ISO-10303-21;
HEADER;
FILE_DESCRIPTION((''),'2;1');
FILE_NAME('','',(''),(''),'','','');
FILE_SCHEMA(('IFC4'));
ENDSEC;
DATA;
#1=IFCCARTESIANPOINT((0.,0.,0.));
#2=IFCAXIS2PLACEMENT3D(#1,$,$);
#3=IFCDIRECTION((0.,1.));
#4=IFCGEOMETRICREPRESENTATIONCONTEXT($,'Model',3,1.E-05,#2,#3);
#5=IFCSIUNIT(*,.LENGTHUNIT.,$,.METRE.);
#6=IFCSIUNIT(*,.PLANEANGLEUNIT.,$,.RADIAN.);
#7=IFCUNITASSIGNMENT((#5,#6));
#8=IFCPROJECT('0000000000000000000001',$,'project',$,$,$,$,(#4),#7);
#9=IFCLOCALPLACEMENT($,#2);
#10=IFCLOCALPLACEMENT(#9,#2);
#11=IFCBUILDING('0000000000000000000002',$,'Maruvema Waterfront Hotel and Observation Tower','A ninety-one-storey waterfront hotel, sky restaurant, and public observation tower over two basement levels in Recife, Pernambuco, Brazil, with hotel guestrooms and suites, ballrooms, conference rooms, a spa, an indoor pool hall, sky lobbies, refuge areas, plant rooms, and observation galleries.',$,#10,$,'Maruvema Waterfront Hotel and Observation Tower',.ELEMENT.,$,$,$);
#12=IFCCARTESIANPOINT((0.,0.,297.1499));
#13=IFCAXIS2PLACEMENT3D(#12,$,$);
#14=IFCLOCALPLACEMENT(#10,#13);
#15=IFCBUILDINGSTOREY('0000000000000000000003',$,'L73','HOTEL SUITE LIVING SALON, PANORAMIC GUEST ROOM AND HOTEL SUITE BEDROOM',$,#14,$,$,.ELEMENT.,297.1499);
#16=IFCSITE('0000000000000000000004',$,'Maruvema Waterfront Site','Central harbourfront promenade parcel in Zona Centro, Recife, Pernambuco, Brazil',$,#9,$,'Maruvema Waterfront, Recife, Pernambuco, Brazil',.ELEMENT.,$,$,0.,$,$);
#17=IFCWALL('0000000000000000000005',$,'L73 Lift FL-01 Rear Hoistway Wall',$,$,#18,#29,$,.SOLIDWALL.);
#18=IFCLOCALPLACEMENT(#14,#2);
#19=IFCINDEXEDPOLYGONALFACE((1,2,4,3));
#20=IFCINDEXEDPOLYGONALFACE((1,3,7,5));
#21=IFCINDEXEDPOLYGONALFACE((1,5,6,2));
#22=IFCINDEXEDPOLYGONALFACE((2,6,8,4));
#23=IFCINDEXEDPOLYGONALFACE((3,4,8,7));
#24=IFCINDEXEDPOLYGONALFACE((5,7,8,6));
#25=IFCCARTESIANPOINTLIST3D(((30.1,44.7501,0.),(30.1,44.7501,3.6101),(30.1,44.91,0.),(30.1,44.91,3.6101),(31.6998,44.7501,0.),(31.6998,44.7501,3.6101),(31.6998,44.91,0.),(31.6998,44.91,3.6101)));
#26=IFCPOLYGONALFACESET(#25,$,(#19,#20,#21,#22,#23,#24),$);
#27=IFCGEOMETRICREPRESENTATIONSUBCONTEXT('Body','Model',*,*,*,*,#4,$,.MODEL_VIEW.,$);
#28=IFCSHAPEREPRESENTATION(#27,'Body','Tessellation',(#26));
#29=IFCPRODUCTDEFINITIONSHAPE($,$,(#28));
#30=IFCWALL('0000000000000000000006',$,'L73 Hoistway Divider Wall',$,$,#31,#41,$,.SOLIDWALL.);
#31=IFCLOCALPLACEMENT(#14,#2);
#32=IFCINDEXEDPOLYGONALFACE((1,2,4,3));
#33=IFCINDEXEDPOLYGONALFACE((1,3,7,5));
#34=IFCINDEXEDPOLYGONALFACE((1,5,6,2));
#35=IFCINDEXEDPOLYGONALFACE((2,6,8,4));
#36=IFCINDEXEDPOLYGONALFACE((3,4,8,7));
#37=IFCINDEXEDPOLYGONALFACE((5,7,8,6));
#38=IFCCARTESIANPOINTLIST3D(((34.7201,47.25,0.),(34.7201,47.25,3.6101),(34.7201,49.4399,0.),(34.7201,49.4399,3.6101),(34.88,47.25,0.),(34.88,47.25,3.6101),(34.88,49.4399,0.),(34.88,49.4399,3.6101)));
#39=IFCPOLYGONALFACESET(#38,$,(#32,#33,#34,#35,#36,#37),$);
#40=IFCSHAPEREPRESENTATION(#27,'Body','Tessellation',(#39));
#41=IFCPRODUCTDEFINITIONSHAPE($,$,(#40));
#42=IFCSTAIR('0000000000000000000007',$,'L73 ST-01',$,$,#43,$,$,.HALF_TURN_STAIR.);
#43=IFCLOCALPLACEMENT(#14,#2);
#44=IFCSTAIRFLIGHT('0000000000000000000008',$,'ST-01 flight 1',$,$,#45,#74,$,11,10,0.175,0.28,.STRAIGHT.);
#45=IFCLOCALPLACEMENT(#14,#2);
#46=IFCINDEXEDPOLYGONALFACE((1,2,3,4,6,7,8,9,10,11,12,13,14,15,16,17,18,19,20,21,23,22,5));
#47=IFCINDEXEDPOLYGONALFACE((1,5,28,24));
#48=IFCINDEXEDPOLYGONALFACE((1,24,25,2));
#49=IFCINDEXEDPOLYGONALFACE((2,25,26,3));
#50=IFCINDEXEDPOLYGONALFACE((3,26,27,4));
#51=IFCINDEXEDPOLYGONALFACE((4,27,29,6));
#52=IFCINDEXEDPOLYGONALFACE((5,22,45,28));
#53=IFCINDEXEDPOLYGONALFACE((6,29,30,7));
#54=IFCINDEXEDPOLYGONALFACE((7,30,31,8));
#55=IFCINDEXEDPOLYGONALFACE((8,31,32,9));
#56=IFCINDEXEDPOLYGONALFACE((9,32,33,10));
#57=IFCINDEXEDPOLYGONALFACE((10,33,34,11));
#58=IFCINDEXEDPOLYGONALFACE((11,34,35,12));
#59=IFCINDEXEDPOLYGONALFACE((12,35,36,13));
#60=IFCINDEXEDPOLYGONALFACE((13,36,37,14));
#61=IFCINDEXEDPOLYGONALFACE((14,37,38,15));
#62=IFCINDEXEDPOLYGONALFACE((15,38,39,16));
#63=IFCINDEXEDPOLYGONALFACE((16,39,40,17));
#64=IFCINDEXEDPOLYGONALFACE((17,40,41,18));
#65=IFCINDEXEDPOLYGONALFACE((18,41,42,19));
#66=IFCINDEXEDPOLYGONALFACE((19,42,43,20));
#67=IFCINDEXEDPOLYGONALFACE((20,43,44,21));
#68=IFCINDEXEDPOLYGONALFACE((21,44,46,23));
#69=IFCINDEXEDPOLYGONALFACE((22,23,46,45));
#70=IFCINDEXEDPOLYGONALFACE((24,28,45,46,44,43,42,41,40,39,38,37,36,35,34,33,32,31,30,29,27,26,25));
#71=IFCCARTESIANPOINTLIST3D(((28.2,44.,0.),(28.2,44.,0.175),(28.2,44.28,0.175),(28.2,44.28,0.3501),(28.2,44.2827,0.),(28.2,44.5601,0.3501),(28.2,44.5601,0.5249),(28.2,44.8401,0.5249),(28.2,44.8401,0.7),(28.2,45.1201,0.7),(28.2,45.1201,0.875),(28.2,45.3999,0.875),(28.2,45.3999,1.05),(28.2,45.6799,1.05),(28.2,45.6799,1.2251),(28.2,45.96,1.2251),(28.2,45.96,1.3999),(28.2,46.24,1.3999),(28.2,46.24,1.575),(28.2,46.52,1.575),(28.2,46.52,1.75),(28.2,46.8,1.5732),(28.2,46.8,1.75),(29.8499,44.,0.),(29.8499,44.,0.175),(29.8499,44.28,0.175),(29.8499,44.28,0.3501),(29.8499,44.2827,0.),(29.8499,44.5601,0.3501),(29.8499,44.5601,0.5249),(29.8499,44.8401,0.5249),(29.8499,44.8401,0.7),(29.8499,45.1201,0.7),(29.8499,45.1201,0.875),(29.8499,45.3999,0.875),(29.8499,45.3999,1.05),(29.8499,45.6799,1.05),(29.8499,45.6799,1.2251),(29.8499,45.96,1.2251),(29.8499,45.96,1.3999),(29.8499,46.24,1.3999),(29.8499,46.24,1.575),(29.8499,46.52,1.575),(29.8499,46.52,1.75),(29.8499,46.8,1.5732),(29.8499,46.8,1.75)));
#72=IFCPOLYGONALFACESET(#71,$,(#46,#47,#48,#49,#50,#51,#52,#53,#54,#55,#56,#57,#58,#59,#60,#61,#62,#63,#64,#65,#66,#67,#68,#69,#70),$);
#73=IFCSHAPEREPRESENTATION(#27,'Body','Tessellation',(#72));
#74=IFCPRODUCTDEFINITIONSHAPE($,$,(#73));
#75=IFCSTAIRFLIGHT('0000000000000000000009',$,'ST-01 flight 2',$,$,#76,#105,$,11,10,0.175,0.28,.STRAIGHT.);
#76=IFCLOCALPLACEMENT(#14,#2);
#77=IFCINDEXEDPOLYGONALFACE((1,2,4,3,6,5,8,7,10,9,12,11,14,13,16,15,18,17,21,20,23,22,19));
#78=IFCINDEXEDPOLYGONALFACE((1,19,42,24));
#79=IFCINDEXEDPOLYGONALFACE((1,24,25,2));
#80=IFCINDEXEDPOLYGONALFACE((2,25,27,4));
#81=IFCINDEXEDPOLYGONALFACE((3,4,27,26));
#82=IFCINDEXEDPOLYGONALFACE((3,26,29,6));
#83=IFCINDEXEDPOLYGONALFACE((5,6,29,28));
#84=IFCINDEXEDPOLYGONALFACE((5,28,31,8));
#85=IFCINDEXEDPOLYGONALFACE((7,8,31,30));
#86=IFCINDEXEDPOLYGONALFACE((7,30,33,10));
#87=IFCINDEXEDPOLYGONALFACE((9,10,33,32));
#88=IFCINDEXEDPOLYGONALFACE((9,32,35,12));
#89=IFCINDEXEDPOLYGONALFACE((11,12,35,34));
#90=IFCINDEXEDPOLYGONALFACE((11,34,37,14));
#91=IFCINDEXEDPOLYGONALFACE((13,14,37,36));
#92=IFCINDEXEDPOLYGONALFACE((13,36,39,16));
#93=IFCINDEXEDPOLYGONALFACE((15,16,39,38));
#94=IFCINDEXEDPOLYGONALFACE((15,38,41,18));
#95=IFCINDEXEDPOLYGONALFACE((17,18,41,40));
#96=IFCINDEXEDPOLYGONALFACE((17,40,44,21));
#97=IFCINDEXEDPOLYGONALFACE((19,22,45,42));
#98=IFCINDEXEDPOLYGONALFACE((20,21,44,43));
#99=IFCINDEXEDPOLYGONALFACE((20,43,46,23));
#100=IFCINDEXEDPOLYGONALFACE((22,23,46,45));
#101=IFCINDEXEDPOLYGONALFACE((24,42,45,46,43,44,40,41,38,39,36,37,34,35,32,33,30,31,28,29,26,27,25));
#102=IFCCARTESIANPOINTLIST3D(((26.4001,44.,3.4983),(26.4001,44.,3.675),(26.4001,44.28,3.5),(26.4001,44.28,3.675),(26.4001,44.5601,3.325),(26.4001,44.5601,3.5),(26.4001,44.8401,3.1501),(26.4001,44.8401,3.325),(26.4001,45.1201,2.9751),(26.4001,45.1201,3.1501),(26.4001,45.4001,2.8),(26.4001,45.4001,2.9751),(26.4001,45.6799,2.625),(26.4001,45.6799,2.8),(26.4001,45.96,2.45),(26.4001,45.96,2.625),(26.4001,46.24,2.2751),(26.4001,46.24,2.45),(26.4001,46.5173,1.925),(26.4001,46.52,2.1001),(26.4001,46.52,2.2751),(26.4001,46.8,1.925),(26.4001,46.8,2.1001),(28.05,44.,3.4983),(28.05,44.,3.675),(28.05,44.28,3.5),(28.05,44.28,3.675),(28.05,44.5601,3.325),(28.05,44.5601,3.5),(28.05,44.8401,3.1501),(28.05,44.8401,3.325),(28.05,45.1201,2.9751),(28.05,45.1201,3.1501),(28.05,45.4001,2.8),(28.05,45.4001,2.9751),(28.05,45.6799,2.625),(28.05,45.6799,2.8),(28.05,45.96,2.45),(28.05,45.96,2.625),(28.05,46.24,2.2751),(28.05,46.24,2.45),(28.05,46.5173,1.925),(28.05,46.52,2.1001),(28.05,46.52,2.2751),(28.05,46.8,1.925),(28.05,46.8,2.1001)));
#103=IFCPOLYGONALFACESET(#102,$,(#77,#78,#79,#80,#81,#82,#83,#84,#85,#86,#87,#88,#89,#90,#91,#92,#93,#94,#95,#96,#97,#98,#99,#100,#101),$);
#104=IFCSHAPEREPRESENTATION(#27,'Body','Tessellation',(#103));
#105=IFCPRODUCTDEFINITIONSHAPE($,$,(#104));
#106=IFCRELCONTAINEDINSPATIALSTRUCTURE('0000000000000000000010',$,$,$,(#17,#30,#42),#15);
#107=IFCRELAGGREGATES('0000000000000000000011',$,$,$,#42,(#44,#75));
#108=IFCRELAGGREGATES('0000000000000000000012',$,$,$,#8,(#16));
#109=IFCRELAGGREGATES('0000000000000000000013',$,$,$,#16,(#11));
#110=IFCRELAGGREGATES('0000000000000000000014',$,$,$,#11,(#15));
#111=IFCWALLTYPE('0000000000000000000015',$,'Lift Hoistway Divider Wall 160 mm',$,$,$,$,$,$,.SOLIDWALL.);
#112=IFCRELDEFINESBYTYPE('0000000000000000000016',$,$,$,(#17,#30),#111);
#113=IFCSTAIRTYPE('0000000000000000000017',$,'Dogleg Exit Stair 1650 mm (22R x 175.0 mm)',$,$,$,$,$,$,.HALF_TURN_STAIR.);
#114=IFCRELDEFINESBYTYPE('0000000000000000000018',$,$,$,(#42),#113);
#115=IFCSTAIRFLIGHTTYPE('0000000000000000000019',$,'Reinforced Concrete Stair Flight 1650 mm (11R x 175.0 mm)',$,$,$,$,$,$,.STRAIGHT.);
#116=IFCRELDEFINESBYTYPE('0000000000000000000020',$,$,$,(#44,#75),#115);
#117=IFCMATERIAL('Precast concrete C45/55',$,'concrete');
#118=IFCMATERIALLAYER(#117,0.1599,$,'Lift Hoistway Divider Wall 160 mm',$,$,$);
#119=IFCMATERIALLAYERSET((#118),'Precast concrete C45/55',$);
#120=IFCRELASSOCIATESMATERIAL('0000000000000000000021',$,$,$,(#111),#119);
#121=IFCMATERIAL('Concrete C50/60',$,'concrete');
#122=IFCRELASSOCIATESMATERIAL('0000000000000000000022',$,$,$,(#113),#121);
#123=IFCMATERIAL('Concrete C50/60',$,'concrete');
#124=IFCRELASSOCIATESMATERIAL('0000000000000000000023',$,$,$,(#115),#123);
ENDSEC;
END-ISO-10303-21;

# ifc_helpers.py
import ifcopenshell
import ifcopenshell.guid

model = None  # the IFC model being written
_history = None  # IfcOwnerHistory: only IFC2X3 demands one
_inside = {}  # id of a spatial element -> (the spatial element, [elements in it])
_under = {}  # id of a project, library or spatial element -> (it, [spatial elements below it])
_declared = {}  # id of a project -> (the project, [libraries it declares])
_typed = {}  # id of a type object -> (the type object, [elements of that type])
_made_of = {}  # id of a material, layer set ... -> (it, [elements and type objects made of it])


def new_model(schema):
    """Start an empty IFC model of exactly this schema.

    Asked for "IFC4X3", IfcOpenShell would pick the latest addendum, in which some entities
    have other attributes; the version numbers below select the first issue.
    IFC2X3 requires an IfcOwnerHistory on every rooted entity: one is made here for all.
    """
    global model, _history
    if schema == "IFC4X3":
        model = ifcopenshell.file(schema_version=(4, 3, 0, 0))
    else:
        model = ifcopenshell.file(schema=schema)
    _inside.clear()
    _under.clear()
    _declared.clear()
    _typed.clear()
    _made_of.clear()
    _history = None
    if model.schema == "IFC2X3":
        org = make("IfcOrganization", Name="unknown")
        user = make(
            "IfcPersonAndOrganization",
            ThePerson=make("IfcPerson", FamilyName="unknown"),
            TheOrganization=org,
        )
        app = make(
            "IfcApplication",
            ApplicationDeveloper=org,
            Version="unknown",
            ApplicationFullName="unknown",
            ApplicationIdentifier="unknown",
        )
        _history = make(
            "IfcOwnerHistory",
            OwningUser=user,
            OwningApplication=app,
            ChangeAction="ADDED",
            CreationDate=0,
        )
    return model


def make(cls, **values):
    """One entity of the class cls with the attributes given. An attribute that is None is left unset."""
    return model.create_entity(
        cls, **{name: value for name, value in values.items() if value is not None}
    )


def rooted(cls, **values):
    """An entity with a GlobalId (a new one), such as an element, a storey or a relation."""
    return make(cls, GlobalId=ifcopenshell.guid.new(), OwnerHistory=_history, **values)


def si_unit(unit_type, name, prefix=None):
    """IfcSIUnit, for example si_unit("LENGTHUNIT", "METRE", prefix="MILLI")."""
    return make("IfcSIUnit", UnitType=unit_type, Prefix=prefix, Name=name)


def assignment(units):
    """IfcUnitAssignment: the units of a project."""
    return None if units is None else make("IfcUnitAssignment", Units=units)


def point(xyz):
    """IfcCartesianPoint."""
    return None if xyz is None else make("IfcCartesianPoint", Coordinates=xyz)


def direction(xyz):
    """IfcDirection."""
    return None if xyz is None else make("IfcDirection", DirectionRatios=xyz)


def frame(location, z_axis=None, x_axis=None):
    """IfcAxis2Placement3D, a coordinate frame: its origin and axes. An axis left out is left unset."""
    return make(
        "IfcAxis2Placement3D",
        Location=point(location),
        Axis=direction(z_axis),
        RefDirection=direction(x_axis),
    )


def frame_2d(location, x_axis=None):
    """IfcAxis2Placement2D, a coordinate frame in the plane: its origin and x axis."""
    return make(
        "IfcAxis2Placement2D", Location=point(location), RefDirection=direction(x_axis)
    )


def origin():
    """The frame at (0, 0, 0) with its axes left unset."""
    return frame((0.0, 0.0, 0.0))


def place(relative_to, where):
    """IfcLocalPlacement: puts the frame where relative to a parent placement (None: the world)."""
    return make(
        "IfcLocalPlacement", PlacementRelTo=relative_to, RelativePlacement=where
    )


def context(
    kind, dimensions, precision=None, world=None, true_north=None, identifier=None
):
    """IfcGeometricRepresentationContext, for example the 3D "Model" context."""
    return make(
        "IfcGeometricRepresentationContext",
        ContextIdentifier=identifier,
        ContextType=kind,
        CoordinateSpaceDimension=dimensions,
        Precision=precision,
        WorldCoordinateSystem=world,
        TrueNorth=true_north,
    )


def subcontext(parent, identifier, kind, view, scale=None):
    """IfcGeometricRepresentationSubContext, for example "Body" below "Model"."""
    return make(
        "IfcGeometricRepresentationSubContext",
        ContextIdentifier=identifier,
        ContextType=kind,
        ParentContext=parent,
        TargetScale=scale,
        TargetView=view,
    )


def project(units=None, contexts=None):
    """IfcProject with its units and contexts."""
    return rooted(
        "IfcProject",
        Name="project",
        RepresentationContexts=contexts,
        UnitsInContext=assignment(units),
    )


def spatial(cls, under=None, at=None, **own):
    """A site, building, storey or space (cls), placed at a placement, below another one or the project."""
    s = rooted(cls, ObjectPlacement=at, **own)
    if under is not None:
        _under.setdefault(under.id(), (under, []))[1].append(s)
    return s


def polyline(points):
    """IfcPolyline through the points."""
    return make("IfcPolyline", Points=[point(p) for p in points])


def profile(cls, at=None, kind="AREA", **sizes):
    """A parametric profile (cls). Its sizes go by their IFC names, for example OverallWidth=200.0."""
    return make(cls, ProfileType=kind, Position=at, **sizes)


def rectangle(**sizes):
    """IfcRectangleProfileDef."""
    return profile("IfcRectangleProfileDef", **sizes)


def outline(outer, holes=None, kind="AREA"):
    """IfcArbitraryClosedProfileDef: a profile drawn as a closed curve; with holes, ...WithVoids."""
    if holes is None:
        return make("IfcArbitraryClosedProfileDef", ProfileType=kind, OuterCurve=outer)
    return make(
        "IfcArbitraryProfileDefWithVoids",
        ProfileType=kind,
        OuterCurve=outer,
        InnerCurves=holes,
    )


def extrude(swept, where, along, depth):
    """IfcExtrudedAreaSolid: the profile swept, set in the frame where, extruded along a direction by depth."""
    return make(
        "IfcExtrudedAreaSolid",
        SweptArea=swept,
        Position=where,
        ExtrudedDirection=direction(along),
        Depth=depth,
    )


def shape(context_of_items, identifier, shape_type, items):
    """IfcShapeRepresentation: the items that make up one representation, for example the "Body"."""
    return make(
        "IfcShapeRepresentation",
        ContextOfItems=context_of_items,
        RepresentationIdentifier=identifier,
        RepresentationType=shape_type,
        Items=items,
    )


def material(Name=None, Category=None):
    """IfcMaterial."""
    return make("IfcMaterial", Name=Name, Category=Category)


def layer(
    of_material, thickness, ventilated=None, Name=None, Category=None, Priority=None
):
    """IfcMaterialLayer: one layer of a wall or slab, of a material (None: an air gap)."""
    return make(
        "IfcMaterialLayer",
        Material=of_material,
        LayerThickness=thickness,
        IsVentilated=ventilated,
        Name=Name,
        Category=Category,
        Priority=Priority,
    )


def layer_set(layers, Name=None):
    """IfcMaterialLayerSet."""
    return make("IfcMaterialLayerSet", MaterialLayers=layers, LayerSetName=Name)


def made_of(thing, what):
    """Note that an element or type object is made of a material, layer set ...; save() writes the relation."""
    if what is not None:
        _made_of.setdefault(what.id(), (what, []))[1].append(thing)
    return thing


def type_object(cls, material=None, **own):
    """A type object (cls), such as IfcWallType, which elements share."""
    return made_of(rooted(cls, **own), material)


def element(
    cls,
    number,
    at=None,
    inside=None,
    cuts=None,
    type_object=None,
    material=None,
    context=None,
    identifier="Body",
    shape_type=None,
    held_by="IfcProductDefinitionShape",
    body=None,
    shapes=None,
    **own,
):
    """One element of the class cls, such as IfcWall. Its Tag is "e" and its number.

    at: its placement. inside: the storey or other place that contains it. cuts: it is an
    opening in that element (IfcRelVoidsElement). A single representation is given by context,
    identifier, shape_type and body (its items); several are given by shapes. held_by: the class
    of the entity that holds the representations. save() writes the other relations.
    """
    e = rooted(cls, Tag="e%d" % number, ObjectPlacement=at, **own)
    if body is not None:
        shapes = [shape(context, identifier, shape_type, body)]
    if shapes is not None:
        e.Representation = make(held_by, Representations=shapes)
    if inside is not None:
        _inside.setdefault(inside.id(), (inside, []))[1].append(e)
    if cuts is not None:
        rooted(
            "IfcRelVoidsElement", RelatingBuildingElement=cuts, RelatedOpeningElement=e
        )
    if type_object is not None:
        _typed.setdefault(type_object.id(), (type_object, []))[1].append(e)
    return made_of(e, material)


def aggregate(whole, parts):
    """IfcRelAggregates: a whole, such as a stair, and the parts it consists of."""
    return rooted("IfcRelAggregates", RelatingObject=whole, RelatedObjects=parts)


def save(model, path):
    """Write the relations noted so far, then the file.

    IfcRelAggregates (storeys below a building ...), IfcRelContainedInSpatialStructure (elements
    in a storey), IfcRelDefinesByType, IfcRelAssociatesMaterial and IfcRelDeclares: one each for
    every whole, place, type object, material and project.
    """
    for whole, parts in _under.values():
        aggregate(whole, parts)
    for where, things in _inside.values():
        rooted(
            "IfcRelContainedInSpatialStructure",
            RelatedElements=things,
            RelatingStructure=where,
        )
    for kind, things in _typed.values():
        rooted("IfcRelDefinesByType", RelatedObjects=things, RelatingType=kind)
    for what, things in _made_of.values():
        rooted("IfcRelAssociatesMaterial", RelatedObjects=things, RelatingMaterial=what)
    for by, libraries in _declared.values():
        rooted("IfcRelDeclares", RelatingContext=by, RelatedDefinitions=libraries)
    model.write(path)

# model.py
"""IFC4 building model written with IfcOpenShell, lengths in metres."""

from ifc_helpers import new_model, si_unit, direction, frame, frame_2d, origin, place, context, subcontext, project, spatial, polyline, rectangle, outline, extrude, material, layer, layer_set, type_object, element, aggregate, save


model = new_model("IFC4")

# Units and contexts
model_context = context("Model", 3, precision=1e-05, world=origin(), true_north=direction((0.0, 1.0)))
body_context = subcontext(model_context, "Body", "Model", "MODEL_VIEW")
ifc_project = project(units=[si_unit("LENGTHUNIT", "METRE"), si_unit("PLANEANGLEUNIT", "RADIAN")], contexts=[model_context])

# Site, building, storey
site_placement = place(None, origin())
site = spatial("IfcSite", under=ifc_project, at=site_placement, Name="Maruvema Waterfront Site", Description="Central harbourfront promenade parcel in Zona Centro, Recife, Pernambuco, Brazil", LongName="Maruvema Waterfront, Recife, Pernambuco, Brazil", CompositionType="ELEMENT", RefElevation=0.0)
building_placement = place(site_placement, origin())
building = spatial("IfcBuilding", under=site, at=building_placement, Name="Maruvema Waterfront Hotel and Observation Tower", Description="A ninety-one-storey waterfront hotel, sky restaurant, and public observation tower over two basement levels in Recife, Pernambuco, Brazil, with hotel guestrooms and suites, ballrooms, conference rooms, a spa, an indoor pool hall, sky lobbies, refuge areas, plant rooms, and observation galleries.", LongName="Maruvema Waterfront Hotel and Observation Tower", CompositionType="ELEMENT")
storey_placement = place(building_placement, frame((0.0, 0.0, 297.1499)))
storey = spatial("IfcBuildingStorey", under=building, at=storey_placement, Name="L73", Description="HOTEL SUITE LIVING SALON, PANORAMIC GUEST ROOM AND HOTEL SUITE BEDROOM", CompositionType="ELEMENT", Elevation=297.1499)

# Walls
ifc_material_1 = material(Name="Precast concrete C45/55", Category="concrete")
ifc_layer_1 = layer(ifc_material_1, 0.1599, Name="Lift Hoistway Divider Wall 160 mm")
ifc_layer_set_1 = layer_set([ifc_layer_1], Name="Precast concrete C45/55")
wall_type_1 = type_object("IfcWallType", Name="Lift Hoistway Divider Wall 160 mm", PredefinedType="SOLIDWALL", material=ifc_layer_set_1)
wall_1_placement = place(storey_placement, frame((30.1001, 44.8301, 0.0), z_axis=(0.0, 0.0, 1.0), x_axis=(1.0, 0.0, 0.0)))
element("IfcWall", 1, at=wall_1_placement, inside=storey, type_object=wall_type_1, Name="L73 Lift FL-01 Rear Hoistway Wall", PredefinedType="SOLIDWALL", context=body_context, shape_type="SweptSolid", body=[
    extrude(rectangle(XDim=1.5999, YDim=0.1599, at=frame_2d((0.7998, 0.0))), origin(), (0.0, 0.0, 1.0), 3.6101),
])
wall_2_placement = place(storey_placement, frame((34.8, 47.25, 0.0), z_axis=(0.0, 0.0, 1.0), x_axis=(0.0, 1.0, 0.0)))
element("IfcWall", 2, at=wall_2_placement, inside=storey, type_object=wall_type_1, Name="L73 Hoistway Divider Wall", PredefinedType="SOLIDWALL", context=body_context, shape_type="SweptSolid", body=[
    extrude(rectangle(XDim=2.1899, YDim=0.1599, at=frame_2d((1.095, 0.0))), origin(), (0.0, 0.0, 1.0), 3.6101),
])

# Stair, stair flights
ifc_material_2 = material(Name="Concrete C50/60", Category="concrete")
stair_type = type_object("IfcStairType", Name="Dogleg Exit Stair 1650 mm (22R x 175.0 mm)", PredefinedType="HALF_TURN_STAIR", material=ifc_material_2)
stair_placement = place(storey_placement, origin())
stair = element("IfcStair", 3, at=stair_placement, inside=storey, type_object=stair_type, Name="L73 ST-01", PredefinedType="HALF_TURN_STAIR")
ifc_material_3 = material(Name="Concrete C50/60", Category="concrete")
stair_flight_type = type_object("IfcStairFlightType", Name="Reinforced Concrete Stair Flight 1650 mm (11R x 175.0 mm)", PredefinedType="STRAIGHT", material=ifc_material_3)
stair_flight_1_placement = place(storey_placement, frame((29.0249, 44.0, 0.0), z_axis=(0.0, 0.0, 1.0), x_axis=(0.0, 1.0, 0.0)))
stair_flight_1 = element("IfcStairFlight", 4, at=stair_flight_1_placement, type_object=stair_flight_type, Name="ST-01 flight 1", NumberOfRisers=11, NumberOfTreads=10, PredefinedType="STRAIGHT", RiserHeight=0.175, TreadLength=0.28, context=body_context, shape_type="SweptSolid", body=[
    extrude(outline(polyline([(0.0, 0.0), (0.0, 0.175), (0.28, 0.175), (0.28, 0.3501), (0.5601, 0.3501), (0.5601, 0.5249), (0.8401, 0.5249), (0.8401, 0.7), (1.1201, 0.7), (1.1201, 0.875), (1.3999, 0.875), (1.3999, 1.05), (1.6799, 1.05), (1.6799, 1.2251), (1.96, 1.2251), (1.96, 1.3999), (2.24, 1.3999), (2.24, 1.575), (2.52, 1.575), (2.52, 1.75), (2.8, 1.75), (2.8, 1.925), (2.8, 1.5732), (0.2827, 0.0), (0.0, 0.0)])), frame((0.0, 0.825, 0.0), z_axis=(0.0, -1.0, 0.0), x_axis=(1.0, 0.0, 0.0)), (0.0, 0.0, 1.0), 1.6499),
])
stair_flight_2_placement = place(storey_placement, frame((27.2251, 46.8, 1.925), z_axis=(0.0, 0.0, 1.0), x_axis=(0.0, -1.0, 0.0)))
stair_flight_2 = element("IfcStairFlight", 5, at=stair_flight_2_placement, type_object=stair_flight_type, Name="ST-01 flight 2", NumberOfRisers=11, NumberOfTreads=10, PredefinedType="STRAIGHT", RiserHeight=0.175, TreadLength=0.28, context=body_context, shape_type="SweptSolid", body=[
    extrude(outline(polyline([(0.0, 0.0), (0.0, 0.175), (0.28, 0.175), (0.28, 0.3501), (0.5601, 0.3501), (0.5601, 0.5249), (0.8401, 0.5249), (0.8401, 0.7), (1.1201, 0.7), (1.1201, 0.875), (1.3999, 0.875), (1.3999, 1.05), (1.6799, 1.05), (1.6799, 1.2251), (1.96, 1.2251), (1.96, 1.3999), (2.24, 1.3999), (2.24, 1.575), (2.52, 1.575), (2.52, 1.75), (2.8, 1.75), (2.8, 1.925), (2.8, 1.5732), (0.2827, 0.0), (0.0, 0.0)])), frame((0.0, 0.825, 0.0), z_axis=(0.0, -1.0, 0.0), x_axis=(1.0, 0.0, 0.0)), (0.0, 0.0, 1.0), 1.6499),
])
aggregate(stair, [stair_flight_1, stair_flight_2])

save(model, "model.ifc")
